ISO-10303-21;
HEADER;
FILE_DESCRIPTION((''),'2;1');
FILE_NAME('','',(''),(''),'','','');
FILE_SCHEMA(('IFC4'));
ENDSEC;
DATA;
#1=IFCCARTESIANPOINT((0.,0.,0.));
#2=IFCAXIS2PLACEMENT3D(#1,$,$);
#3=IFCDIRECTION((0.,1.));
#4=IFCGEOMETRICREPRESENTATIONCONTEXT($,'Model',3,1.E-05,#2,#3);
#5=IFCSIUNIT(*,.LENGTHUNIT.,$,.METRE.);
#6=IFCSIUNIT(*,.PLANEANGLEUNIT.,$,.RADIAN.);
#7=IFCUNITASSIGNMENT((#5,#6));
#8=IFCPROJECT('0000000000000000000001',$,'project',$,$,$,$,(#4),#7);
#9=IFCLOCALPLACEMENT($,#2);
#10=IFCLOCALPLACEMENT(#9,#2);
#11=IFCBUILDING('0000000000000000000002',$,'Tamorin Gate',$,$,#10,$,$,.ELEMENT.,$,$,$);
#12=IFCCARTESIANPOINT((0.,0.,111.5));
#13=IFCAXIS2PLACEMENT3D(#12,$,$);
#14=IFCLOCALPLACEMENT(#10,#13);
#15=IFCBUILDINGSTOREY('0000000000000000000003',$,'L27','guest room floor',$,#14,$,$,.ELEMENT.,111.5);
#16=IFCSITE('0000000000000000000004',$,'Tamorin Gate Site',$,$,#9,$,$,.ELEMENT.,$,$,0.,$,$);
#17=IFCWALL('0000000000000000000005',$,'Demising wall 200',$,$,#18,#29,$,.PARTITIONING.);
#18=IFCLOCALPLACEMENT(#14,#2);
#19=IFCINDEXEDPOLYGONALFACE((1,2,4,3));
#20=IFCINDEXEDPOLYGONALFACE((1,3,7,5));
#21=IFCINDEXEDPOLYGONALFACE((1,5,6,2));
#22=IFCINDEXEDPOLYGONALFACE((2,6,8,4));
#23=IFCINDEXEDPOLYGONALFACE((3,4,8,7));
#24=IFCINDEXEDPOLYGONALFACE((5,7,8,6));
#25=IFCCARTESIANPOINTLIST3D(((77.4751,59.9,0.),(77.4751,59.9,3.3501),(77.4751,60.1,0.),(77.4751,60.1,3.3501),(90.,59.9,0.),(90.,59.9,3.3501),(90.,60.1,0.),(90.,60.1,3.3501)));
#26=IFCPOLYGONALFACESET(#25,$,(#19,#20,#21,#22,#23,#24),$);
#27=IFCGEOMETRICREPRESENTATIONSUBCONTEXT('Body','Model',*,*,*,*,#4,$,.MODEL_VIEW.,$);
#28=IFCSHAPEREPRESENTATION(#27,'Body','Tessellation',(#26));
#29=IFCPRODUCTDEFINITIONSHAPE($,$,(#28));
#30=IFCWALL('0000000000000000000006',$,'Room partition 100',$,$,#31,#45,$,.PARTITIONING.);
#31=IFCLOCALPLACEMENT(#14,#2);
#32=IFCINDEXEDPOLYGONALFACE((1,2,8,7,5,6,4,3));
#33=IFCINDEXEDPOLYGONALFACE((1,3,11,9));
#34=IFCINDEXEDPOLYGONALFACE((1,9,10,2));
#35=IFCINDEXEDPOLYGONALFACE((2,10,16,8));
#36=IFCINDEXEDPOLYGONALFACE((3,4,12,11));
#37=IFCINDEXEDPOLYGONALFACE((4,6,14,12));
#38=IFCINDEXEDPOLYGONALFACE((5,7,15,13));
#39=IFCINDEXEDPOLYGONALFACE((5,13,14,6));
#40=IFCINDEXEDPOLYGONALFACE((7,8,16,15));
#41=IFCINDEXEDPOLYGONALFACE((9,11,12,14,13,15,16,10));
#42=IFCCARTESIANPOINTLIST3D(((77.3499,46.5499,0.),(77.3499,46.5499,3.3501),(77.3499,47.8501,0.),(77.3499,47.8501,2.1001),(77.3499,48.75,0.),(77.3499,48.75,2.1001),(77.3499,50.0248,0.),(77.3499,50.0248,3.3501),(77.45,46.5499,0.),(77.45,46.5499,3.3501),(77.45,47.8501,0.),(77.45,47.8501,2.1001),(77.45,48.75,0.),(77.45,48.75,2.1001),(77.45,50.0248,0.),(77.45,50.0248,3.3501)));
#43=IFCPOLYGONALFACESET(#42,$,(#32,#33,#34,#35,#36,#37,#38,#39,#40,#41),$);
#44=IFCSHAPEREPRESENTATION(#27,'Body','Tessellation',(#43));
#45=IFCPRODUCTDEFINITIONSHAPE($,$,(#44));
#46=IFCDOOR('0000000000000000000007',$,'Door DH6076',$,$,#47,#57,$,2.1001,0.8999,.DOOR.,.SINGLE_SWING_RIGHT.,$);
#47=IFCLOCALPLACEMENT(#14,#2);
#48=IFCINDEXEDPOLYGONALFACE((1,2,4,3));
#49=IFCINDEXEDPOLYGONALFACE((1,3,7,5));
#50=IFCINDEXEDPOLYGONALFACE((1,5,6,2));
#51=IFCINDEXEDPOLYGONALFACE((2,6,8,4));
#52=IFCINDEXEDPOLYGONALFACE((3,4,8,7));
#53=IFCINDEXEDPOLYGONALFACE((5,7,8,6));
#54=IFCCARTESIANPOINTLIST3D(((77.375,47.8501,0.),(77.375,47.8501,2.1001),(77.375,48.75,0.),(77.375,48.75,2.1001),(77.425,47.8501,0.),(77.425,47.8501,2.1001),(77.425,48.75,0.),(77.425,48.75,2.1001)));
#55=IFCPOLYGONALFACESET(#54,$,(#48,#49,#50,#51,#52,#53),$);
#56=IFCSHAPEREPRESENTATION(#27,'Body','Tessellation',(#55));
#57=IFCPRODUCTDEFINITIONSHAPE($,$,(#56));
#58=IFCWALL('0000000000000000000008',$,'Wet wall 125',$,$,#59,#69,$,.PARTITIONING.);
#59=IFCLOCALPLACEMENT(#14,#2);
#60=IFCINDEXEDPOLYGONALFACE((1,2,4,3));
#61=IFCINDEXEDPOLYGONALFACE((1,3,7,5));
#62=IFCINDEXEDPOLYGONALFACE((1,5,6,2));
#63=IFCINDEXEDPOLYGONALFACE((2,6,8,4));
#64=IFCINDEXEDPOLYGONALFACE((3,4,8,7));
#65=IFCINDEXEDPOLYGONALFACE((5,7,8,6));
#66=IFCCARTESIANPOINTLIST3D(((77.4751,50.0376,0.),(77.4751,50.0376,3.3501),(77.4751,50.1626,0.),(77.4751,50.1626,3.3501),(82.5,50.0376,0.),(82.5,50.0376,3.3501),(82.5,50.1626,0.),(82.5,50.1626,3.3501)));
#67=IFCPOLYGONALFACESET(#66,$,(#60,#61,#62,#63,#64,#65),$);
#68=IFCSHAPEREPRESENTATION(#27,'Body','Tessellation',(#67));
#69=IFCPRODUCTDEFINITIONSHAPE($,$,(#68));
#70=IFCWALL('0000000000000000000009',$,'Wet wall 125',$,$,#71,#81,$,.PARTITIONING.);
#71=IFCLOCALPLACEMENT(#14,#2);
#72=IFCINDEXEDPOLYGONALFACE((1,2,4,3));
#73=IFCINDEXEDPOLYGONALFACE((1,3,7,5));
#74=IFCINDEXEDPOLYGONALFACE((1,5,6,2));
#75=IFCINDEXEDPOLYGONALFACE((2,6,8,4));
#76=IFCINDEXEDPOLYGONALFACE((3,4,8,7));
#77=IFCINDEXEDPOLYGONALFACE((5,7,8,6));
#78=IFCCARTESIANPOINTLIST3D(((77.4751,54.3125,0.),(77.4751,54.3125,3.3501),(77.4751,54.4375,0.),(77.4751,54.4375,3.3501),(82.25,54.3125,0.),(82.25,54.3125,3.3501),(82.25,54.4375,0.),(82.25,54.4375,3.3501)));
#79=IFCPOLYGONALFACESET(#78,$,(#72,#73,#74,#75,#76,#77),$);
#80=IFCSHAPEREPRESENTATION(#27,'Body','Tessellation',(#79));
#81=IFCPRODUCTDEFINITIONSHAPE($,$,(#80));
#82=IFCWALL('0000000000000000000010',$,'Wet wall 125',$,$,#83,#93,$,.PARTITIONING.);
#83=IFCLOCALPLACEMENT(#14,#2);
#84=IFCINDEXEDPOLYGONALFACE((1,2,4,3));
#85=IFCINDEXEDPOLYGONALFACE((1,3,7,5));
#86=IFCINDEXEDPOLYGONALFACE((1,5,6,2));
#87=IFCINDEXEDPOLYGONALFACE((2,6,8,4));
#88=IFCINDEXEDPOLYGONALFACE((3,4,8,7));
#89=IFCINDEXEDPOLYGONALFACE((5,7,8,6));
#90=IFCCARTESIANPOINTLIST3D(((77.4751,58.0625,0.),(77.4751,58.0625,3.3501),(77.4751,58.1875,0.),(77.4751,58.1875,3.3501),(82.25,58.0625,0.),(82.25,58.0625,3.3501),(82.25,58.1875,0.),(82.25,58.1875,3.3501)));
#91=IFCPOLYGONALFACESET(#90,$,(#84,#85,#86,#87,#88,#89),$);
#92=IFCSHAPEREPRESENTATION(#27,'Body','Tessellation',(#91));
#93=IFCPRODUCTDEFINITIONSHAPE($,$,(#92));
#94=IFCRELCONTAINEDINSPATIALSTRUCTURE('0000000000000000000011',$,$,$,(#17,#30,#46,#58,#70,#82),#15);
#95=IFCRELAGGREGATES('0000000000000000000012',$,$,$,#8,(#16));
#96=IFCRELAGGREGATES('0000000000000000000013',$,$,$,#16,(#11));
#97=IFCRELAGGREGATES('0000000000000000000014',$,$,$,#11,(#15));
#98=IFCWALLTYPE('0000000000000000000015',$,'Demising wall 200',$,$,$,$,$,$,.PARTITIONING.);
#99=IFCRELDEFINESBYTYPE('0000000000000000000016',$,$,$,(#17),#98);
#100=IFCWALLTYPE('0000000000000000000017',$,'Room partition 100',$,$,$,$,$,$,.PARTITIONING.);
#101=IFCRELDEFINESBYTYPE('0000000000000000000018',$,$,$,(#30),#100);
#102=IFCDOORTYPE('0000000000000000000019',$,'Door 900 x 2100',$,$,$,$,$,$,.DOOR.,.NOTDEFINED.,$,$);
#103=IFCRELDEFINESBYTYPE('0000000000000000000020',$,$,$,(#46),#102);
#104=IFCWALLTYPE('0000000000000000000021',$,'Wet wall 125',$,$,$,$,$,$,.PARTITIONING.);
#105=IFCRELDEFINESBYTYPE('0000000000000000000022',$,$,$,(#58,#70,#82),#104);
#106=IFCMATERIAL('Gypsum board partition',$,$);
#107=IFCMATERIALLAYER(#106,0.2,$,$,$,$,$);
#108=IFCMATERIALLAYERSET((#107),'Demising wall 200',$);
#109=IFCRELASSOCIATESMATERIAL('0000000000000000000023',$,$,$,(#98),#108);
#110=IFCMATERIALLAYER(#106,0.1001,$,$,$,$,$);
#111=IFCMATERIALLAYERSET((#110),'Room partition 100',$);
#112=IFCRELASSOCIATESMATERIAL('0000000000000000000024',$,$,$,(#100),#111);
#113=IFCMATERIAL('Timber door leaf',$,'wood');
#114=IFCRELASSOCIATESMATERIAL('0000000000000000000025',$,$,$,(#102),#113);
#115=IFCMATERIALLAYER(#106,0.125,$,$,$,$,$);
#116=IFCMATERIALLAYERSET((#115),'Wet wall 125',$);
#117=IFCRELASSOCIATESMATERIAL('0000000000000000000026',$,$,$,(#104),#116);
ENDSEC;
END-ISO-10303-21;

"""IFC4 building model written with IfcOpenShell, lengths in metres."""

from ifc_helpers import new_model, si_unit, direction, frame, frame_2d, origin, place, context, subcontext, project, spatial, rectangle, extrude, material, layer, layer_set, type_object, element, fill, save


model = new_model("IFC4")

# Units and contexts
model_context = context("Model", 3, precision=1e-05, world=origin(), true_north=direction((0.0, 1.0)))
body_context = subcontext(model_context, "Body", "Model", "MODEL_VIEW")
ifc_project = project(units=[si_unit("LENGTHUNIT", "METRE"), si_unit("PLANEANGLEUNIT", "RADIAN")], contexts=[model_context])

# Site, building, storey
site_placement = place(None, origin())
site = spatial("IfcSite", under=ifc_project, at=site_placement, Name="Tamorin Gate Site", CompositionType="ELEMENT", RefElevation=0.0)
building_placement = place(site_placement, origin())
building = spatial("IfcBuilding", under=site, at=building_placement, Name="Tamorin Gate", CompositionType="ELEMENT")
storey_placement = place(building_placement, frame((0.0, 0.0, 111.5)))
storey = spatial("IfcBuildingStorey", under=building, at=storey_placement, Name="L27", Description="guest room floor", CompositionType="ELEMENT", Elevation=111.5)

# Shared definitions
ifc_material_1 = material(Name="Gypsum board partition")
ifc_material_2 = material(Name="Timber door leaf", Category="wood")

# Wall
ifc_layer_1 = layer(ifc_material_1, 0.2)
ifc_layer_set_1 = layer_set([ifc_layer_1], Name="Demising wall 200")
wall_type_1 = type_object("IfcWallType", Name="Demising wall 200", PredefinedType="PARTITIONING", material=ifc_layer_set_1)
wall_1_placement = place(storey_placement, frame((77.4751, 60.0, 0.0), z_axis=(0.0, 0.0, 1.0), x_axis=(1.0, 0.0, 0.0)))
element("IfcWall", 1, at=wall_1_placement, inside=storey, type_object=wall_type_1, Name="Demising wall 200", PredefinedType="PARTITIONING", context=body_context, shape_type="SweptSolid", body=[
    extrude(rectangle(XDim=12.5249, YDim=0.2, at=frame_2d((6.2625, 0.0))), origin(), (0.0, 0.0, 1.0), 3.3501),
])

# Wall, opening, door
ifc_layer_2 = layer(ifc_material_1, 0.1001)
ifc_layer_set_2 = layer_set([ifc_layer_2], Name="Room partition 100")
wall_type_2 = type_object("IfcWallType", Name="Room partition 100", PredefinedType="PARTITIONING", material=ifc_layer_set_2)
wall_2_placement = place(storey_placement, frame((77.3999, 46.55, 0.0), z_axis=(0.0, 0.0, 1.0), x_axis=(0.0, 1.0, 0.0)))
wall_2 = element("IfcWall", 2, at=wall_2_placement, inside=storey, type_object=wall_type_2, Name="Room partition 100", PredefinedType="PARTITIONING", context=body_context, shape_type="SweptSolid", body=[
    extrude(rectangle(XDim=3.4749, YDim=0.1001, at=frame_2d((1.7373, 0.0))), origin(), (0.0, 0.0, 1.0), 3.3501),
])
opening_1_placement = place(wall_2_placement, frame((1.3, 0.0, 0.0)))
opening_1 = element("IfcOpeningElement", 3, at=opening_1_placement, cuts=wall_2, PredefinedType="OPENING", context=body_context, shape_type="SweptSolid", body=[
    extrude(rectangle(XDim=0.8999, YDim=2.1001, at=frame_2d((0.45, 1.05))), frame((0.0, 0.0601, 0.0), z_axis=(0.0, -1.0, 0.0), x_axis=(1.0, 0.0, 0.0)), (0.0, 0.0, 1.0), 0.1201),
])
door_type_1 = type_object("IfcDoorType", Name="Door 900 x 2100", OperationType="NOTDEFINED", PredefinedType="DOOR", material=ifc_material_2)
door_1_placement = place(opening_1_placement, origin())
door_1 = element("IfcDoor", 4, at=door_1_placement, inside=storey, type_object=door_type_1, Name="Door DH6076", OperationType="SINGLE_SWING_RIGHT", OverallHeight=2.1001, OverallWidth=0.8999, PredefinedType="DOOR", context=body_context, shape_type="SweptSolid", body=[
    extrude(rectangle(XDim=0.8999, YDim=2.1001, at=frame_2d((0.45, 1.05))), frame((0.0, 0.0249, 0.0), z_axis=(0.0, -1.0, 0.0), x_axis=(1.0, 0.0, 0.0)), (0.0, 0.0, 1.0), 0.05),
])
fill(opening_1, door_1)

# Walls
ifc_layer_3 = layer(ifc_material_1, 0.125)
ifc_layer_set_3 = layer_set([ifc_layer_3], Name="Wet wall 125")
wall_type_3 = type_object("IfcWallType", Name="Wet wall 125", PredefinedType="PARTITIONING", material=ifc_layer_set_3)
wall_3_placement = place(storey_placement, frame((77.4751, 50.1001, 0.0), z_axis=(0.0, 0.0, 1.0), x_axis=(1.0, 0.0, 0.0)))
element("IfcWall", 5, at=wall_3_placement, inside=storey, type_object=wall_type_3, Name="Wet wall 125", PredefinedType="PARTITIONING", context=body_context, shape_type="SweptSolid", body=[
    extrude(rectangle(XDim=5.0249, YDim=0.125, at=frame_2d((2.5125, 0.0))), origin(), (0.0, 0.0, 1.0), 3.3501),
])
for number, where, z_axis, x_axis, name in (
    (6, (77.4751, 54.375, 0.0), (0.0, 0.0, 1.0), (1.0, 0.0, 0.0), "Wet wall 125"),
    (7, (77.4751, 58.125, 0.0), (0.0, 0.0, 1.0), (1.0, 0.0, 0.0), "Wet wall 125"),
):
    element("IfcWall", number, at=place(storey_placement, frame(where, z_axis=z_axis, x_axis=x_axis)), inside=storey, type_object=wall_type_3, Name=name, PredefinedType="PARTITIONING", context=body_context, shape_type="SweptSolid", body=[
        extrude(rectangle(XDim=4.7749, YDim=0.125, at=frame_2d((2.3875, 0.0))), origin(), (0.0, 0.0, 1.0), 3.3501),
    ])

save(model, "model.ifc")
